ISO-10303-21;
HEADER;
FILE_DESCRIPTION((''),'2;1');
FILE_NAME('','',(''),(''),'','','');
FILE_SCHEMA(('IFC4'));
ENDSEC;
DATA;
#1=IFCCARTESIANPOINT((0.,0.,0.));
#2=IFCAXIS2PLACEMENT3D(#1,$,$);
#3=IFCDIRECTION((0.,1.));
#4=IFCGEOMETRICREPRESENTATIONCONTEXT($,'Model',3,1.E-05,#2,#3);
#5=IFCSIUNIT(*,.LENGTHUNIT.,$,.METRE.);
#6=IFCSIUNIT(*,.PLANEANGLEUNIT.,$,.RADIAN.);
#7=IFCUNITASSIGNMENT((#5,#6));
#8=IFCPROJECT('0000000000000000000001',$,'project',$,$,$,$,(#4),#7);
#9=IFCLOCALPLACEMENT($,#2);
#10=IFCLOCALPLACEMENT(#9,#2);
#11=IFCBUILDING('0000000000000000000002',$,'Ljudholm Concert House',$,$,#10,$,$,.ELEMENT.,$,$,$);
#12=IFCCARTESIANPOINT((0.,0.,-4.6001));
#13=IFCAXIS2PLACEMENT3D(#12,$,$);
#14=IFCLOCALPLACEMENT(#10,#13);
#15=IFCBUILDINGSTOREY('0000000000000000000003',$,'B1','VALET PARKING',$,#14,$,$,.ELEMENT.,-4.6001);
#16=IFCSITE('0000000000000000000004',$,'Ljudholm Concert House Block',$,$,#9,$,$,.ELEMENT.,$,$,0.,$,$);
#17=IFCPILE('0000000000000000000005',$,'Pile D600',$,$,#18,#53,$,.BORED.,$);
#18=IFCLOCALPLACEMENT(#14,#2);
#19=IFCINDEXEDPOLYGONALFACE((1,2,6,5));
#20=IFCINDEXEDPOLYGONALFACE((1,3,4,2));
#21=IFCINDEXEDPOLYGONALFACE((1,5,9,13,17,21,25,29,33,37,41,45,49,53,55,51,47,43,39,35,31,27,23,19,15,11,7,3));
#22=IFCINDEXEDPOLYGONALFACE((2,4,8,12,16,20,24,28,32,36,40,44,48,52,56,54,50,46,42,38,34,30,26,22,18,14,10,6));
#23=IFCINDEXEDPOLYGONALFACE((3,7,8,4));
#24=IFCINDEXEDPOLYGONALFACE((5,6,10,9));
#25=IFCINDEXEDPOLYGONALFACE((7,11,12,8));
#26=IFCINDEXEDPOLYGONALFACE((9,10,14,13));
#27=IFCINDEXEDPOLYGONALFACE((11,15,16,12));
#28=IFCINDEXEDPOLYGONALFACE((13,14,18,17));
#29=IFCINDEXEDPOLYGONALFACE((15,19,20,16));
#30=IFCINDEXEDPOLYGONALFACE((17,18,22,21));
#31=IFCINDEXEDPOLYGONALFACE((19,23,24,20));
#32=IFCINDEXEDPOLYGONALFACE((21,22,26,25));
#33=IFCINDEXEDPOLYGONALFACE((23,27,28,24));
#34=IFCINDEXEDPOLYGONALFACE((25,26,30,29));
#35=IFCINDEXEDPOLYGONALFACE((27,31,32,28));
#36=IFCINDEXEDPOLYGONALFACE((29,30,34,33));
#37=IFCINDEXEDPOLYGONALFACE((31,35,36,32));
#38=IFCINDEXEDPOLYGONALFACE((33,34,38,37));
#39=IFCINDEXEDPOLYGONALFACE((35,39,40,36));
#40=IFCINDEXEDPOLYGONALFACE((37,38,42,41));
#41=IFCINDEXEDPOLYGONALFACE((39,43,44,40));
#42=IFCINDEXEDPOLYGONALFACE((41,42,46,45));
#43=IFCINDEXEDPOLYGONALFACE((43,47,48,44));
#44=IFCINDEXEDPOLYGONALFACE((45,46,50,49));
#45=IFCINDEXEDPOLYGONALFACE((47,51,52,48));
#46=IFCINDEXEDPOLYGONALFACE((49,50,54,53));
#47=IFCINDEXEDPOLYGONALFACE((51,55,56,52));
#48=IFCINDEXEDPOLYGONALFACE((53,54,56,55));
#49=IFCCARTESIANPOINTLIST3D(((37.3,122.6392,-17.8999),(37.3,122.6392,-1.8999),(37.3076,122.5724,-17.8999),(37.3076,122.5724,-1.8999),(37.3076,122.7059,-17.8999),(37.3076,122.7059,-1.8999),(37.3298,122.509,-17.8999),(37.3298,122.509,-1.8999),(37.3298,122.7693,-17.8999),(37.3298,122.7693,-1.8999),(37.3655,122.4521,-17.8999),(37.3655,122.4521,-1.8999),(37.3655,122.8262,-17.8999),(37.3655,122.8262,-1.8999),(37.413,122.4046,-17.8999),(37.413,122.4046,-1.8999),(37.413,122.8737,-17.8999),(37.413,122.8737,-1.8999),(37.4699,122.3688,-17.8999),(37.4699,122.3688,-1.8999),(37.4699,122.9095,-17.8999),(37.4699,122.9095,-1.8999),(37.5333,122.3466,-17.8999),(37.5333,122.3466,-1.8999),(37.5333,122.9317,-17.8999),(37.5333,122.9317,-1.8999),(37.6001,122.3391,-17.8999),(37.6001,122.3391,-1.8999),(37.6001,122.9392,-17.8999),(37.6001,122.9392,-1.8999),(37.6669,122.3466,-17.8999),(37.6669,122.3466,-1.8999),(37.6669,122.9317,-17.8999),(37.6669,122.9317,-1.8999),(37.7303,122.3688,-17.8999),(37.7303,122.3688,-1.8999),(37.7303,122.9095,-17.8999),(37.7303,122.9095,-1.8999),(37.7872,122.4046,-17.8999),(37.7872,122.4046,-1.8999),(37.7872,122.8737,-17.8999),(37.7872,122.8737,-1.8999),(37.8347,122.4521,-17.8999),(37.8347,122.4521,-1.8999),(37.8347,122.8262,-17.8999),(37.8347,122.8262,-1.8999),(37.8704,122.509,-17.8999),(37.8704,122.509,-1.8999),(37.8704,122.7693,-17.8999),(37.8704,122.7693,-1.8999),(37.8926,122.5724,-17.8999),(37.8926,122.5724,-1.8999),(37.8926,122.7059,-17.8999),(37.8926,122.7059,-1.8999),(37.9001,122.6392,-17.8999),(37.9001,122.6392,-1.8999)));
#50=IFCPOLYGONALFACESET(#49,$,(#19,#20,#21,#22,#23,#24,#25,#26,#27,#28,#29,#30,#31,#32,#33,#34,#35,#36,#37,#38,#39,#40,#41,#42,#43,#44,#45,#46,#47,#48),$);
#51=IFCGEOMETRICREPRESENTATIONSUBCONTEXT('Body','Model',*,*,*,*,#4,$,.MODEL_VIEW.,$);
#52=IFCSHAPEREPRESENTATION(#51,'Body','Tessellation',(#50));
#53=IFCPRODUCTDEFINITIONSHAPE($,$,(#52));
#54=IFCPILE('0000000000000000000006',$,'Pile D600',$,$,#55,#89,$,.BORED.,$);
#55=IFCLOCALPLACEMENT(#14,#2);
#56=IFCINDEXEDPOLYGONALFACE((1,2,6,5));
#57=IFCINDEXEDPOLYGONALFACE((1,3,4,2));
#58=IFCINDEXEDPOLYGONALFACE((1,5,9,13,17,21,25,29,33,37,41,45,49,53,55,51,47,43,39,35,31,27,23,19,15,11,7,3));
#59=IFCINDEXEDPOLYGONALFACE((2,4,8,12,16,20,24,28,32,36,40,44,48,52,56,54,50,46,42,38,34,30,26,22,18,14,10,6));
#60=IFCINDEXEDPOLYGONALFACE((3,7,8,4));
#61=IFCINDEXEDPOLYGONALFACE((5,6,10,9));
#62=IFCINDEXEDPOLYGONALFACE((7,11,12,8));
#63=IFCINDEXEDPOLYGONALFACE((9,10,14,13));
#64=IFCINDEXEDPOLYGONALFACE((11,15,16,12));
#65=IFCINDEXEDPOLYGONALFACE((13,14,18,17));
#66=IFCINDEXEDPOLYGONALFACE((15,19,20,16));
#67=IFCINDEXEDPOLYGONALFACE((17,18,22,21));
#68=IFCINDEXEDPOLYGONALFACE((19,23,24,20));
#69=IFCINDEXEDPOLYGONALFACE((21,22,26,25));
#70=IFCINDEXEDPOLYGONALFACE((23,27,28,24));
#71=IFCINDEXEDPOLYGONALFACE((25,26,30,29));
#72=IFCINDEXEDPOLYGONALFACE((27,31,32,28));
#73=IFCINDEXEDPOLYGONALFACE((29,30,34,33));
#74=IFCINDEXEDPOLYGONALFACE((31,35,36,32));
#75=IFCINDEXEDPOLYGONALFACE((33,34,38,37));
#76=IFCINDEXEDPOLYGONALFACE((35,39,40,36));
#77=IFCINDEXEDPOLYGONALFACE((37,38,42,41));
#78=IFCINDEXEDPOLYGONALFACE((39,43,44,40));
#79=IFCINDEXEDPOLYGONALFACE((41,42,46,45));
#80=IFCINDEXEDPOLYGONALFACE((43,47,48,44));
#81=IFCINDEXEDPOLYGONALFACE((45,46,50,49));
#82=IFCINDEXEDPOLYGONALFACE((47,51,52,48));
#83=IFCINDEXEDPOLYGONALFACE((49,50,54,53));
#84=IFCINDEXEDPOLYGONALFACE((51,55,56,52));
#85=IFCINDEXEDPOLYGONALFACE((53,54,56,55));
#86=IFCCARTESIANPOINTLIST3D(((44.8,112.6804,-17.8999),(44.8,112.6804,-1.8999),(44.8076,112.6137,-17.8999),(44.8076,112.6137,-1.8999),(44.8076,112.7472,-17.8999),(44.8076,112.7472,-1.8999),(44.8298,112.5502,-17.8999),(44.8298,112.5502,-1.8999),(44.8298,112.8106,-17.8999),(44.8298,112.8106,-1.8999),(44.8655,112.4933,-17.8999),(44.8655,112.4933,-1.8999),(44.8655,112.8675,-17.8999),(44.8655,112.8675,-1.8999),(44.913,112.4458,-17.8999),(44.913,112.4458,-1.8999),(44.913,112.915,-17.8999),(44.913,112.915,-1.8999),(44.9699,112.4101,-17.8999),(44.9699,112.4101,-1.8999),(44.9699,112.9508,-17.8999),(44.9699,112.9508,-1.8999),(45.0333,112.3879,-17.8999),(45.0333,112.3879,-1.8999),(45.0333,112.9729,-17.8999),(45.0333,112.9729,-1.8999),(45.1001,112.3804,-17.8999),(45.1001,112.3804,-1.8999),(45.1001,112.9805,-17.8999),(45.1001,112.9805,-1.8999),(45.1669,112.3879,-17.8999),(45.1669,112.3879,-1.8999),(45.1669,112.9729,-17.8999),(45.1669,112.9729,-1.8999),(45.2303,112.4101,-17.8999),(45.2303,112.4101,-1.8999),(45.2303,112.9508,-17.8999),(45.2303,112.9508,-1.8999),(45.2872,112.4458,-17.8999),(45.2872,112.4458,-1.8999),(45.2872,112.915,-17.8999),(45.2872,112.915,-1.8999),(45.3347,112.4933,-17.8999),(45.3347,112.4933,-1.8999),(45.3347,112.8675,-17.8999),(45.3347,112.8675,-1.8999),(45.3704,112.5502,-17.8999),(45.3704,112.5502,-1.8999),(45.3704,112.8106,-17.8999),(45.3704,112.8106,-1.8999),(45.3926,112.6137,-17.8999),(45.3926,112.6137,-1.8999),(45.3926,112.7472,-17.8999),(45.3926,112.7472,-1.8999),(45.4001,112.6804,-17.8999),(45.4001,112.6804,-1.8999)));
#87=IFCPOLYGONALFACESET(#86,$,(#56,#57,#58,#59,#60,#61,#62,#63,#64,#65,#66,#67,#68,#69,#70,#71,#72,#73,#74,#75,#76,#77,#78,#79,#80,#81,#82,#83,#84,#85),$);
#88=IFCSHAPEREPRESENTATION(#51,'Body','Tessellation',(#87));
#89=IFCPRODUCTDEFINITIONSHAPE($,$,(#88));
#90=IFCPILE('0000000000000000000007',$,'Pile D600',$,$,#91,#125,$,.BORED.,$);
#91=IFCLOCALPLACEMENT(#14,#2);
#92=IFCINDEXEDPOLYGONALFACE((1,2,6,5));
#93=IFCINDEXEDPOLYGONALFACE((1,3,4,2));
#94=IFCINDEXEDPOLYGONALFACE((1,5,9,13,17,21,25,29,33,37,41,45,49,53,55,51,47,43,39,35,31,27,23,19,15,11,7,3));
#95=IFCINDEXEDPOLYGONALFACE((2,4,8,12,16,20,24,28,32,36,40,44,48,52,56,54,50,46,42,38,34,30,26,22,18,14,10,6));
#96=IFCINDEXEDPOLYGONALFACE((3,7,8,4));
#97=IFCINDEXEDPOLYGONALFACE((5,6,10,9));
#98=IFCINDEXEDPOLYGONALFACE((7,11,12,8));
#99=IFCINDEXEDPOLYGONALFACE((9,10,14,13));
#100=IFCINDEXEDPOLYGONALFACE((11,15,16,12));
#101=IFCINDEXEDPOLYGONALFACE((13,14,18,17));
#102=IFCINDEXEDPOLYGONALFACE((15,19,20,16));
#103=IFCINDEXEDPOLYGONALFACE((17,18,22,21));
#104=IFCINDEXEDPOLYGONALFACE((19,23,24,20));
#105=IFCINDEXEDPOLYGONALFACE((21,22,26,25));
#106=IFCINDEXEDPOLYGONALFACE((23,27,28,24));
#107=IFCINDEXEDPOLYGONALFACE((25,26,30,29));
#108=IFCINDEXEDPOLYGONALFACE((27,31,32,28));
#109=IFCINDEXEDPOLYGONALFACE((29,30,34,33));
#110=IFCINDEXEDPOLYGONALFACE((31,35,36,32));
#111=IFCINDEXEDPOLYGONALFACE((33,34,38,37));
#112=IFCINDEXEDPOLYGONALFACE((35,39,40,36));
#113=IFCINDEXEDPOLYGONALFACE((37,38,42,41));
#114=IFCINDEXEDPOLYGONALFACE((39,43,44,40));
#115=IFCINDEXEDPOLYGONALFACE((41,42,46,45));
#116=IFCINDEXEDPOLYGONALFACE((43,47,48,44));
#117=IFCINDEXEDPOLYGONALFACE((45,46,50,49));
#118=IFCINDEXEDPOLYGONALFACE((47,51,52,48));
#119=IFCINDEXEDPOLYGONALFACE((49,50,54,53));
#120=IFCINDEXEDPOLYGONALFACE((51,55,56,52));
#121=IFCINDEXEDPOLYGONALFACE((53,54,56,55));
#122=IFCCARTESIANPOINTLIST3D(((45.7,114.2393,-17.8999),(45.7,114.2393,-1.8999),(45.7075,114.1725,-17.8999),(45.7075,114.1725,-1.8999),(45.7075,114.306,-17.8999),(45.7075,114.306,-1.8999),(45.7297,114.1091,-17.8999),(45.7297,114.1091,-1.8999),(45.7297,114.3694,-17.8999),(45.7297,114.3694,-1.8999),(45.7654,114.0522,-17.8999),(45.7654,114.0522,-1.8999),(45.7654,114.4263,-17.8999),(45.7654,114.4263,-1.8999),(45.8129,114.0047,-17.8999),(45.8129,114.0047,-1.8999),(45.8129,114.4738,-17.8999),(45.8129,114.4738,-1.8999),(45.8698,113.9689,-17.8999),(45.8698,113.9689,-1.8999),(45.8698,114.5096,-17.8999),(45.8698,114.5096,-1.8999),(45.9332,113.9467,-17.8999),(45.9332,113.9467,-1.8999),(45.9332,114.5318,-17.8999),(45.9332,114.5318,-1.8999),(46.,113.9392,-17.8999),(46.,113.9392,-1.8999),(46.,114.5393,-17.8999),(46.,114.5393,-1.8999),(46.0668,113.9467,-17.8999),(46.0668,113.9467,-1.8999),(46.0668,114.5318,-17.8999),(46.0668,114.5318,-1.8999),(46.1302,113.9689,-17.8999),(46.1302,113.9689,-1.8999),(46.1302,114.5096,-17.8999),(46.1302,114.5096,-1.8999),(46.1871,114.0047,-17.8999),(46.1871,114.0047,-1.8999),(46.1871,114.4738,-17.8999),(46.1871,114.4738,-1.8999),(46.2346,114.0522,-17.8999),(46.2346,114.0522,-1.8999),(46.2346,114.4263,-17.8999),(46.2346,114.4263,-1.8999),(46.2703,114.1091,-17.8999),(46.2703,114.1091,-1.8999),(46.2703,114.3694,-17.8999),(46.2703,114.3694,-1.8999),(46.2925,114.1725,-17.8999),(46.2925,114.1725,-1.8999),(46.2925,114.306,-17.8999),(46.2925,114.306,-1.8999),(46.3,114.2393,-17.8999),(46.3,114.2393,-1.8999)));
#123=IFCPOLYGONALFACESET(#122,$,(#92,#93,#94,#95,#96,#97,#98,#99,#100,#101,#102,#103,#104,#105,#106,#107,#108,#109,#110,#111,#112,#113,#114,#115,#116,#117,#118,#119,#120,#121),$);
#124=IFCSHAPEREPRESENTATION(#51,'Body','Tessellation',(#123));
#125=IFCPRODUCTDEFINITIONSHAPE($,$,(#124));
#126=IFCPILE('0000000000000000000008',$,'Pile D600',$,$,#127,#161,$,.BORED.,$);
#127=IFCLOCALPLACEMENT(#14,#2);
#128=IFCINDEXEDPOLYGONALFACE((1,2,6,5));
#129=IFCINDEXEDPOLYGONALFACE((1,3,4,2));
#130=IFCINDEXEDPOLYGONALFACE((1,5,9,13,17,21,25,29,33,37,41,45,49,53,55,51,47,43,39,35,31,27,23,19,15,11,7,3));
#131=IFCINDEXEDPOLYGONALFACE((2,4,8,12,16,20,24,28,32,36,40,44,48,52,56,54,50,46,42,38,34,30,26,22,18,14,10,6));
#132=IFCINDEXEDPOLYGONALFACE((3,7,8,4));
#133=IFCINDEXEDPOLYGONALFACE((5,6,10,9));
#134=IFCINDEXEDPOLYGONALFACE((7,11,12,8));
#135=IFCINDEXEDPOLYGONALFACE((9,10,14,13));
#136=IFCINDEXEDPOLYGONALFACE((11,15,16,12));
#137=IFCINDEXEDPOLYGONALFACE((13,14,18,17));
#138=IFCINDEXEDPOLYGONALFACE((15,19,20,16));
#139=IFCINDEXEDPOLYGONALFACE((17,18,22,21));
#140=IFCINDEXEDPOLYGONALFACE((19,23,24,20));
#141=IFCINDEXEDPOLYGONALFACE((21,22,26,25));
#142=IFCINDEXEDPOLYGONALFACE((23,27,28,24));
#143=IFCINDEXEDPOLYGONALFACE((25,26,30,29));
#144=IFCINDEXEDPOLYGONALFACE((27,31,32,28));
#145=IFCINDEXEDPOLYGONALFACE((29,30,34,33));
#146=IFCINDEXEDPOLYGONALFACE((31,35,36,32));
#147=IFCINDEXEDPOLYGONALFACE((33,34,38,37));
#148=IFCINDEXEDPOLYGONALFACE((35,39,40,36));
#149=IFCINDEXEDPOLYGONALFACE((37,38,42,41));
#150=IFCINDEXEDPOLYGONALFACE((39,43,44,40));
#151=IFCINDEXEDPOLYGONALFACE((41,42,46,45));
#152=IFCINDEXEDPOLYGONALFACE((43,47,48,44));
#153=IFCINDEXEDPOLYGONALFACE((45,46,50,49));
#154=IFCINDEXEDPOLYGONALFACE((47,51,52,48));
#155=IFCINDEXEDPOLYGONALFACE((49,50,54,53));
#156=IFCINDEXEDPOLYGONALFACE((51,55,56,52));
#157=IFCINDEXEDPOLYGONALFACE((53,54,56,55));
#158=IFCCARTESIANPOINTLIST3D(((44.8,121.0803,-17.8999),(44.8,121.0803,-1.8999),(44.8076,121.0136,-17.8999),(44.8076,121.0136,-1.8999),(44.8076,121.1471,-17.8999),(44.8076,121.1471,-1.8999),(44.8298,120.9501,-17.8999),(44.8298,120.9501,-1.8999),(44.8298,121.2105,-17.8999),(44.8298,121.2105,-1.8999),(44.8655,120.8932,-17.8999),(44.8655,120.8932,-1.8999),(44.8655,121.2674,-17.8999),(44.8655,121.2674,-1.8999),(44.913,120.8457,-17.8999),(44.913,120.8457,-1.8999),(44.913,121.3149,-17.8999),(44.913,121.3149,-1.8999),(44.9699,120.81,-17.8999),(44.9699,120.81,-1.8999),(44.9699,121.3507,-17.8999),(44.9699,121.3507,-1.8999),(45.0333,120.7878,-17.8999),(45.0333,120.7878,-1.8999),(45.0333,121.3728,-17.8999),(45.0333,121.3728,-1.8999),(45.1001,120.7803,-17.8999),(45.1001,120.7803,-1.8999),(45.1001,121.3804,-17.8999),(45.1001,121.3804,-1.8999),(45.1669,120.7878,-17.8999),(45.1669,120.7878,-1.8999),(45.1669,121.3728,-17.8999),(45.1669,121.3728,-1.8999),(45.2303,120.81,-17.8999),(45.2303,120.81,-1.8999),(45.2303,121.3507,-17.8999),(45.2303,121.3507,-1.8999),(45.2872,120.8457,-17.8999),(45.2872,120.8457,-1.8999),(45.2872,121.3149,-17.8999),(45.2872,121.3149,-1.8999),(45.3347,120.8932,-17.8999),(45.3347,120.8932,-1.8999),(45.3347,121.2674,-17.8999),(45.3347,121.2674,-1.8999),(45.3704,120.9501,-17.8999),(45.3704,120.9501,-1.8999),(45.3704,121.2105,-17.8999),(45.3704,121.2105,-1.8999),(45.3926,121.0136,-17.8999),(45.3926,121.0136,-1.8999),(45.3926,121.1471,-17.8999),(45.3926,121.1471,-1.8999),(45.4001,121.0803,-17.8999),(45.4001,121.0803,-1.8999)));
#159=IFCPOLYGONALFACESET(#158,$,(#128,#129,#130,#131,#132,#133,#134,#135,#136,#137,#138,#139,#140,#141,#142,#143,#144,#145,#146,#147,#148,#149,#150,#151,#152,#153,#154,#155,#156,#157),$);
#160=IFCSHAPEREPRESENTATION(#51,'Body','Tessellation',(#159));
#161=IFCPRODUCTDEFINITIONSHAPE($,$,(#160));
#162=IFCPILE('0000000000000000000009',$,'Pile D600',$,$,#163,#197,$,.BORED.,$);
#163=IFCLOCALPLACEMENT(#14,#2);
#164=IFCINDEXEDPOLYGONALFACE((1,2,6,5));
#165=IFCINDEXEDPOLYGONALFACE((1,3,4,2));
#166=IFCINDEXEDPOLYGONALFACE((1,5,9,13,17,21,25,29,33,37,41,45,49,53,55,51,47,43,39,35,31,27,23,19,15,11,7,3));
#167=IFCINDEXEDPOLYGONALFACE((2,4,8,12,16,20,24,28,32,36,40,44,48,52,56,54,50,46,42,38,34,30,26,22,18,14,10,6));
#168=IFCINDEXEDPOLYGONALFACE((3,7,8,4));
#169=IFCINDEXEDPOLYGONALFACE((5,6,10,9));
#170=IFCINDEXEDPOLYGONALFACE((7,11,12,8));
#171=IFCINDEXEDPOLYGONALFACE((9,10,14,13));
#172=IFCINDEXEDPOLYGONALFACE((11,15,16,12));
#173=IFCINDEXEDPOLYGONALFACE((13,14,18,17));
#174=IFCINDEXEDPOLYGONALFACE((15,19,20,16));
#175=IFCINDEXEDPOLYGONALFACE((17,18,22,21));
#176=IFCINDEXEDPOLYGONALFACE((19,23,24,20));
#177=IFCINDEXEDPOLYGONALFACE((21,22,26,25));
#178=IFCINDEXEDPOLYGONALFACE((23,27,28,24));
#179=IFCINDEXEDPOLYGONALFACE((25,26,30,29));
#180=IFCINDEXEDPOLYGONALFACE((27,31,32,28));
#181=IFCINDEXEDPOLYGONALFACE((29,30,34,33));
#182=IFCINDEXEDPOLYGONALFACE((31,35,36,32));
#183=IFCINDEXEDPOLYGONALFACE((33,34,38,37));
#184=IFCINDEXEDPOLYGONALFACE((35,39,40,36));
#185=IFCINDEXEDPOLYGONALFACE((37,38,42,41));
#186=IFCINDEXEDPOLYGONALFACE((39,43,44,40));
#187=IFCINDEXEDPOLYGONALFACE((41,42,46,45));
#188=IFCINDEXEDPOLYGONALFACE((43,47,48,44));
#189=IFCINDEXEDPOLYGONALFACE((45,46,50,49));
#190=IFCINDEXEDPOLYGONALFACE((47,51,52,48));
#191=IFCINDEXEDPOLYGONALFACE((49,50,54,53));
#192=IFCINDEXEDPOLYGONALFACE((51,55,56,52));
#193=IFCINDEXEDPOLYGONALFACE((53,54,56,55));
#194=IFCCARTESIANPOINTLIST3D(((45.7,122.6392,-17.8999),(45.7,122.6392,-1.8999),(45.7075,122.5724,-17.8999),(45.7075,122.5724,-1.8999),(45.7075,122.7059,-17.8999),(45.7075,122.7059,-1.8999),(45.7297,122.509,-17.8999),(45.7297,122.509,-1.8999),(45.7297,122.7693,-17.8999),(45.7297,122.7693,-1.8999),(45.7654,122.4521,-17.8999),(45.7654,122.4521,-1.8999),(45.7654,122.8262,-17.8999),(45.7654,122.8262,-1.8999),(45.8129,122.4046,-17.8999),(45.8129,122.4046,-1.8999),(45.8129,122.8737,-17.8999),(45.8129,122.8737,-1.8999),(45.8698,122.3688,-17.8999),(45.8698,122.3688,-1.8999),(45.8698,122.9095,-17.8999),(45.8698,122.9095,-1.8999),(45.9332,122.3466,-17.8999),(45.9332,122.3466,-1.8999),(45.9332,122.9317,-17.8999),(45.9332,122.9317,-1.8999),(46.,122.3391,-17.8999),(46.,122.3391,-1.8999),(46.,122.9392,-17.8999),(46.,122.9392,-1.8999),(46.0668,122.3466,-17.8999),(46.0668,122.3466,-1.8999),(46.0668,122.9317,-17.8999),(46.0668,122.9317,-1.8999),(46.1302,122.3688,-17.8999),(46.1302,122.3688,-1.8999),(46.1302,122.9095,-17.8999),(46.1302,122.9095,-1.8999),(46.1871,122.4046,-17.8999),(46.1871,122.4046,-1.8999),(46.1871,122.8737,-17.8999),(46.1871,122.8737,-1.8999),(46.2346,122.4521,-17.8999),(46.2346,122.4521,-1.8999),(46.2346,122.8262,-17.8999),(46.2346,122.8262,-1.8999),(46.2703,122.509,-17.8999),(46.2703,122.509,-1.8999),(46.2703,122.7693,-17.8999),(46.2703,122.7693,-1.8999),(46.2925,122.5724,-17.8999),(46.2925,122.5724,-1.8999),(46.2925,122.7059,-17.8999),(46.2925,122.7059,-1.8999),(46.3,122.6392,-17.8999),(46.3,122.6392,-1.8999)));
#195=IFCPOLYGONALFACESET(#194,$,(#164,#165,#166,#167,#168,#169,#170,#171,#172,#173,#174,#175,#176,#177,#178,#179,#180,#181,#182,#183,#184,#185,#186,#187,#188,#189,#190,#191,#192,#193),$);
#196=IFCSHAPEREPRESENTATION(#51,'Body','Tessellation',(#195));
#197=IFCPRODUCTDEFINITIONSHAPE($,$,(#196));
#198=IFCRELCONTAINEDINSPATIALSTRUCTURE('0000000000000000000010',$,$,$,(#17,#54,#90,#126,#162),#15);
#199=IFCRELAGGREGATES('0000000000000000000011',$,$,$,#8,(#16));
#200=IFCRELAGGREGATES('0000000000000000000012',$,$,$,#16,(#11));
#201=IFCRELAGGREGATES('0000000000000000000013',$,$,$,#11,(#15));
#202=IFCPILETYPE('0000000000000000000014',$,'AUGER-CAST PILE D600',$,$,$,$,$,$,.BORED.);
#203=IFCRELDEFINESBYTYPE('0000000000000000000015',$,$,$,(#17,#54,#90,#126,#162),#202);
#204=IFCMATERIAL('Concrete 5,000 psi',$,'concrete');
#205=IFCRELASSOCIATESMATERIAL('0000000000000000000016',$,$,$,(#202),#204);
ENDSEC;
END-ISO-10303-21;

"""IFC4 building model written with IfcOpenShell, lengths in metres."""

from ifc_helpers import new_model, si_unit, direction, frame, origin, origin_2d, place, context, subcontext, project, spatial, circle, extrude, material, material_profile, profile_set, type_object, element, save


model = new_model("IFC4")

# Units and contexts
model_context = context("Model", 3, precision=1e-05, world=origin(), true_north=direction((0.0, 1.0)))
body_context = subcontext(model_context, "Body", "Model", "MODEL_VIEW")
ifc_project = project(units=[si_unit("LENGTHUNIT", "METRE"), si_unit("PLANEANGLEUNIT", "RADIAN")], contexts=[model_context])

# Site, building, storey
site_placement = place(None, origin())
site = spatial("IfcSite", under=ifc_project, at=site_placement, Name="Ljudholm Concert House Block", CompositionType="ELEMENT", RefElevation=0.0)
building_placement = place(site_placement, origin())
building = spatial("IfcBuilding", under=site, at=building_placement, Name="Ljudholm Concert House", CompositionType="ELEMENT")
storey_placement = place(building_placement, frame((0.0, 0.0, -4.6001)))
storey = spatial("IfcBuildingStorey", under=building, at=storey_placement, Name="B1", Description="VALET PARKING", CompositionType="ELEMENT", Elevation=-4.6001)

# Piles
ifc_material_1 = material(Name="Concrete 5,000 psi", Category="concrete")
ifc_material_profile_1 = material_profile(ifc_material_1, circle(Radius=0.3, at=origin_2d()), Name="AUGER-CAST PILE D600")
ifc_profile_set_1 = profile_set([ifc_material_profile_1], Name="Concrete 5,000 psi")
pile_type = type_object("IfcPileType", Name="AUGER-CAST PILE D600", PredefinedType="BORED", material=ifc_profile_set_1)
for number, where, z_axis, x_axis, name in (
    (1, (37.6001, 122.6392, -1.8999), (0.0, 0.0, -1.0), (1.0, 0.0, 0.0), "Pile D600"),
    (2, (45.1001, 112.6804, -1.8999), (0.0, 0.0, -1.0), (1.0, 0.0, 0.0), "Pile D600"),
    (3, (46.0, 114.2393, -1.8999), (0.0, 0.0, -1.0), (1.0, 0.0, 0.0), "Pile D600"),
    (4, (45.1001, 121.0803, -1.8999), (0.0, 0.0, -1.0), (1.0, 0.0, 0.0), "Pile D600"),
    (5, (46.0, 122.6392, -1.8999), (0.0, 0.0, -1.0), (1.0, 0.0, 0.0), "Pile D600"),
):
    element("IfcPile", number, at=place(storey_placement, frame(where, z_axis=z_axis, x_axis=x_axis)), inside=storey, type_object=pile_type, Name=name, PredefinedType="BORED", context=body_context, shape_type="SweptSolid", body=[
        extrude(circle(Radius=0.3, at=origin_2d()), origin(), (0.0, 0.0, 1.0), 16.0),
    ])

save(model, "model.ifc")
